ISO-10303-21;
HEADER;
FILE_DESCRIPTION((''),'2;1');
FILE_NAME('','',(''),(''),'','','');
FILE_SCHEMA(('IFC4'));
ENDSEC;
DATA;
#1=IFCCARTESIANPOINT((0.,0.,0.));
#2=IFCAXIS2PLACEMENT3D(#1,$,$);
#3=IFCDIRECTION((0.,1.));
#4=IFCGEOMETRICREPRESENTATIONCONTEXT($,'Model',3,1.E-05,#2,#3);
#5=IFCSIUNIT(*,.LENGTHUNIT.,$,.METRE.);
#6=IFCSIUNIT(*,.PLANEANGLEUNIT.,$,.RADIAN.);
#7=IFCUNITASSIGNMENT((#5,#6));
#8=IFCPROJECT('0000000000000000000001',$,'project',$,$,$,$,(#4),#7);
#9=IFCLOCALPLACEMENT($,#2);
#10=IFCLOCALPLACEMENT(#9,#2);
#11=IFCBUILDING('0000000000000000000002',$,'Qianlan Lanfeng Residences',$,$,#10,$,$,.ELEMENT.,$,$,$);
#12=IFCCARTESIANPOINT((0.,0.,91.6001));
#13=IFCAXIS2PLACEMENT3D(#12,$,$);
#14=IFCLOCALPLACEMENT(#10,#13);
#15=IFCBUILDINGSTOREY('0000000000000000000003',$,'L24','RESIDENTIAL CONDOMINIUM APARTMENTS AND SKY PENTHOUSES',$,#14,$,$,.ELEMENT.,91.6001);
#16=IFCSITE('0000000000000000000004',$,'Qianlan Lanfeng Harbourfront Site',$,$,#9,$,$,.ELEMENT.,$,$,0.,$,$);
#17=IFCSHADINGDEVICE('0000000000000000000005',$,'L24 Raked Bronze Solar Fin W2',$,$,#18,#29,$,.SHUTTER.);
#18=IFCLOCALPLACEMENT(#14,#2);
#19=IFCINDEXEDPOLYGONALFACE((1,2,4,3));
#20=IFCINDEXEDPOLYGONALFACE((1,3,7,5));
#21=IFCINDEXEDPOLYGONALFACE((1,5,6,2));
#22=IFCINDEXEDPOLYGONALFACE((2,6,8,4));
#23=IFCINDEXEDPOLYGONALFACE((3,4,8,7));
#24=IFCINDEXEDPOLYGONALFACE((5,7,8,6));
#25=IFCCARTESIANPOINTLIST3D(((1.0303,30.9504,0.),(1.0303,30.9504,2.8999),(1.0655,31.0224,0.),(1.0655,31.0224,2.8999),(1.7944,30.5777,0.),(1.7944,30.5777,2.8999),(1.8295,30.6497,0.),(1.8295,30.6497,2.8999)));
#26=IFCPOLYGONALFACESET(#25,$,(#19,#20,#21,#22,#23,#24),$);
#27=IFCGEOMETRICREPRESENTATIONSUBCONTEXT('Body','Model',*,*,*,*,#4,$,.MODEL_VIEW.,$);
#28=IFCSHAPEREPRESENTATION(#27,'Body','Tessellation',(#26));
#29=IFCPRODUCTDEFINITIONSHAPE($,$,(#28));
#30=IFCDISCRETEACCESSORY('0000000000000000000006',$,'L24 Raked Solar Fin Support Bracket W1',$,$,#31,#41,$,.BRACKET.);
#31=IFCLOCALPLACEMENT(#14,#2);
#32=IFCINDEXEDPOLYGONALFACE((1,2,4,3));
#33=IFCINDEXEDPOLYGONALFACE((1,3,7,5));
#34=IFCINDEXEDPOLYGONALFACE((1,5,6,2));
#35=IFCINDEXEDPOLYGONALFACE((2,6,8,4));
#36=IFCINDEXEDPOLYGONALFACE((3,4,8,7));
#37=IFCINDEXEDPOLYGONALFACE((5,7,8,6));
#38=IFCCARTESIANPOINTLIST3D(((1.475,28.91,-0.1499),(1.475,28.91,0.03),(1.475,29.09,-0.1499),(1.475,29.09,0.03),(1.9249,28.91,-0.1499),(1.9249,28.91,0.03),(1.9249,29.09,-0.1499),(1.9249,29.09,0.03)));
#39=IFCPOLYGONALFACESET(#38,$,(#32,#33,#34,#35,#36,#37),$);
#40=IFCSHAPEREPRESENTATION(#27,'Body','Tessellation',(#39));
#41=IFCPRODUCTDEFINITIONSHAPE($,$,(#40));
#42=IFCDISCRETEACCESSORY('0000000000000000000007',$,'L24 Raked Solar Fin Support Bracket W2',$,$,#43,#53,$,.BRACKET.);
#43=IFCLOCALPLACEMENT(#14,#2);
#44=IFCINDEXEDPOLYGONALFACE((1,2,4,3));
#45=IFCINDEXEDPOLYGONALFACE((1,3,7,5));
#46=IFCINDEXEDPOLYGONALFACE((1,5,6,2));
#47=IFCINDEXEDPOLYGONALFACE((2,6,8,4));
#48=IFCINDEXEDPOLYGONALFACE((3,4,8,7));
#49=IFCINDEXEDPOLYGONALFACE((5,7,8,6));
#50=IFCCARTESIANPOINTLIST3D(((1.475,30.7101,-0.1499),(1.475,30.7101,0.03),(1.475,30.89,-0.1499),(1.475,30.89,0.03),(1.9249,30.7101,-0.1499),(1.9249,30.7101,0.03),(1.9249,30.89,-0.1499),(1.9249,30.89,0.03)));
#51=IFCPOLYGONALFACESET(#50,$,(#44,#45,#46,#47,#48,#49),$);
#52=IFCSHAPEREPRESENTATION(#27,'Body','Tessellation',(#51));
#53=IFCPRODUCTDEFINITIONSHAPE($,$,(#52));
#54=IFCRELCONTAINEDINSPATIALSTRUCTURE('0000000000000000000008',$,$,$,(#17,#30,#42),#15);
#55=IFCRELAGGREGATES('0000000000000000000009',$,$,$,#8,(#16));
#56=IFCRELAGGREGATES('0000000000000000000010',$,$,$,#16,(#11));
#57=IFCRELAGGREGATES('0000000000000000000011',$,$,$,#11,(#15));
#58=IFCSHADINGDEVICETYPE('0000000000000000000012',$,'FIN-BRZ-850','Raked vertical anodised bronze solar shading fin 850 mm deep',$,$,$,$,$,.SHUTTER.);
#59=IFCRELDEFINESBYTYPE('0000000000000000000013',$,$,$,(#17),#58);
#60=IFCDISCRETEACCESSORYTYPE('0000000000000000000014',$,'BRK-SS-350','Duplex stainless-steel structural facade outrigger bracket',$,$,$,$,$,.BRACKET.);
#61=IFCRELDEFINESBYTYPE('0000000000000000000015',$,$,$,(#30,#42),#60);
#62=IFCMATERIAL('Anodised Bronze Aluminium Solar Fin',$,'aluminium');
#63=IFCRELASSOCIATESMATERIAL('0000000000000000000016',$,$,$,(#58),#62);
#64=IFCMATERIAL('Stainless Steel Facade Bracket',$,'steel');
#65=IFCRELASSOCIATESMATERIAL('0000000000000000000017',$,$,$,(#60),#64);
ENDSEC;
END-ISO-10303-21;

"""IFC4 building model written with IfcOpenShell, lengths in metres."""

from ifc_helpers import new_model, si_unit, direction, frame, origin, origin_2d, place, context, subcontext, project, spatial, rectangle, extrude, source, transform, mapped, material, type_object, element, save


model = new_model("IFC4")

# Units and contexts
model_context = context("Model", 3, precision=1e-05, world=origin(), true_north=direction((0.0, 1.0)))
body_context = subcontext(model_context, "Body", "Model", "MODEL_VIEW")
ifc_project = project(units=[si_unit("LENGTHUNIT", "METRE"), si_unit("PLANEANGLEUNIT", "RADIAN")], contexts=[model_context])

# Site, building, storey
site_placement = place(None, origin())
site = spatial("IfcSite", under=ifc_project, at=site_placement, Name="Qianlan Lanfeng Harbourfront Site", CompositionType="ELEMENT", RefElevation=0.0)
building_placement = place(site_placement, origin())
building = spatial("IfcBuilding", under=site, at=building_placement, Name="Qianlan Lanfeng Residences", CompositionType="ELEMENT")
storey_placement = place(building_placement, frame((0.0, 0.0, 91.6001)))
storey = spatial("IfcBuildingStorey", under=building, at=storey_placement, Name="L24", Description="RESIDENTIAL CONDOMINIUM APARTMENTS AND SKY PENTHOUSES", CompositionType="ELEMENT", Elevation=91.6001)

# Shading device
ifc_material_1 = material(Name="Anodised Bronze Aluminium Solar Fin", Category="aluminium")
shading_device_type = type_object("IfcShadingDeviceType", Name="FIN-BRZ-850", Description="Raked vertical anodised bronze solar shading fin 850 mm deep", PredefinedType="SHUTTER", material=ifc_material_1)
shared_shape_1 = source(origin(), body_context, "Body", "SweptSolid", [
    extrude(rectangle(XDim=0.8501, YDim=0.0801, at=origin_2d()), origin(), (0.0, 0.0, 1.0), 2.8999),
])
for number, where, z_axis, x_axis, name in (
    (1, (1.4299, 30.8, 0.0), (0.0, 0.0, 1.0), (0.898794, -0.438371, 0.0), "L24 Raked Bronze Solar Fin W2"),
):
    element("IfcShadingDevice", number, at=place(storey_placement, frame(where, z_axis=z_axis, x_axis=x_axis)), inside=storey, type_object=shading_device_type, Name=name, PredefinedType="SHUTTER", context=body_context, shape_type="MappedRepresentation", body=[
        mapped(shared_shape_1, transform((0.0, 0.0, 0.0), scale=1.0)),
    ])

# Discrete accessories
ifc_material_2 = material(Name="Stainless Steel Facade Bracket", Category="steel")
discrete_accessory_type = type_object("IfcDiscreteAccessoryType", Name="BRK-SS-350", Description="Duplex stainless-steel structural facade outrigger bracket", PredefinedType="BRACKET", material=ifc_material_2)
shared_shape_2 = source(origin(), body_context, "Body", "SweptSolid", [
    extrude(rectangle(XDim=0.45, YDim=0.1799, at=origin_2d()), origin(), (0.0, 0.0, 1.0), 0.1799),
])
for number, where, z_axis, x_axis, name in (
    (2, (1.7, 29.0, -0.1499), (0.0, 0.0, 1.0), (1.0, 0.0, 0.0), "L24 Raked Solar Fin Support Bracket W1"),
    (3, (1.7, 30.8, -0.1499), (0.0, 0.0, 1.0), (1.0, 0.0, 0.0), "L24 Raked Solar Fin Support Bracket W2"),
):
    element("IfcDiscreteAccessory", number, at=place(storey_placement, frame(where, z_axis=z_axis, x_axis=x_axis)), inside=storey, type_object=discrete_accessory_type, Name=name, PredefinedType="BRACKET", context=body_context, shape_type="MappedRepresentation", body=[
        mapped(shared_shape_2, transform((0.0, 0.0, 0.0), scale=1.0)),
    ])

save(model, "model.ifc")
